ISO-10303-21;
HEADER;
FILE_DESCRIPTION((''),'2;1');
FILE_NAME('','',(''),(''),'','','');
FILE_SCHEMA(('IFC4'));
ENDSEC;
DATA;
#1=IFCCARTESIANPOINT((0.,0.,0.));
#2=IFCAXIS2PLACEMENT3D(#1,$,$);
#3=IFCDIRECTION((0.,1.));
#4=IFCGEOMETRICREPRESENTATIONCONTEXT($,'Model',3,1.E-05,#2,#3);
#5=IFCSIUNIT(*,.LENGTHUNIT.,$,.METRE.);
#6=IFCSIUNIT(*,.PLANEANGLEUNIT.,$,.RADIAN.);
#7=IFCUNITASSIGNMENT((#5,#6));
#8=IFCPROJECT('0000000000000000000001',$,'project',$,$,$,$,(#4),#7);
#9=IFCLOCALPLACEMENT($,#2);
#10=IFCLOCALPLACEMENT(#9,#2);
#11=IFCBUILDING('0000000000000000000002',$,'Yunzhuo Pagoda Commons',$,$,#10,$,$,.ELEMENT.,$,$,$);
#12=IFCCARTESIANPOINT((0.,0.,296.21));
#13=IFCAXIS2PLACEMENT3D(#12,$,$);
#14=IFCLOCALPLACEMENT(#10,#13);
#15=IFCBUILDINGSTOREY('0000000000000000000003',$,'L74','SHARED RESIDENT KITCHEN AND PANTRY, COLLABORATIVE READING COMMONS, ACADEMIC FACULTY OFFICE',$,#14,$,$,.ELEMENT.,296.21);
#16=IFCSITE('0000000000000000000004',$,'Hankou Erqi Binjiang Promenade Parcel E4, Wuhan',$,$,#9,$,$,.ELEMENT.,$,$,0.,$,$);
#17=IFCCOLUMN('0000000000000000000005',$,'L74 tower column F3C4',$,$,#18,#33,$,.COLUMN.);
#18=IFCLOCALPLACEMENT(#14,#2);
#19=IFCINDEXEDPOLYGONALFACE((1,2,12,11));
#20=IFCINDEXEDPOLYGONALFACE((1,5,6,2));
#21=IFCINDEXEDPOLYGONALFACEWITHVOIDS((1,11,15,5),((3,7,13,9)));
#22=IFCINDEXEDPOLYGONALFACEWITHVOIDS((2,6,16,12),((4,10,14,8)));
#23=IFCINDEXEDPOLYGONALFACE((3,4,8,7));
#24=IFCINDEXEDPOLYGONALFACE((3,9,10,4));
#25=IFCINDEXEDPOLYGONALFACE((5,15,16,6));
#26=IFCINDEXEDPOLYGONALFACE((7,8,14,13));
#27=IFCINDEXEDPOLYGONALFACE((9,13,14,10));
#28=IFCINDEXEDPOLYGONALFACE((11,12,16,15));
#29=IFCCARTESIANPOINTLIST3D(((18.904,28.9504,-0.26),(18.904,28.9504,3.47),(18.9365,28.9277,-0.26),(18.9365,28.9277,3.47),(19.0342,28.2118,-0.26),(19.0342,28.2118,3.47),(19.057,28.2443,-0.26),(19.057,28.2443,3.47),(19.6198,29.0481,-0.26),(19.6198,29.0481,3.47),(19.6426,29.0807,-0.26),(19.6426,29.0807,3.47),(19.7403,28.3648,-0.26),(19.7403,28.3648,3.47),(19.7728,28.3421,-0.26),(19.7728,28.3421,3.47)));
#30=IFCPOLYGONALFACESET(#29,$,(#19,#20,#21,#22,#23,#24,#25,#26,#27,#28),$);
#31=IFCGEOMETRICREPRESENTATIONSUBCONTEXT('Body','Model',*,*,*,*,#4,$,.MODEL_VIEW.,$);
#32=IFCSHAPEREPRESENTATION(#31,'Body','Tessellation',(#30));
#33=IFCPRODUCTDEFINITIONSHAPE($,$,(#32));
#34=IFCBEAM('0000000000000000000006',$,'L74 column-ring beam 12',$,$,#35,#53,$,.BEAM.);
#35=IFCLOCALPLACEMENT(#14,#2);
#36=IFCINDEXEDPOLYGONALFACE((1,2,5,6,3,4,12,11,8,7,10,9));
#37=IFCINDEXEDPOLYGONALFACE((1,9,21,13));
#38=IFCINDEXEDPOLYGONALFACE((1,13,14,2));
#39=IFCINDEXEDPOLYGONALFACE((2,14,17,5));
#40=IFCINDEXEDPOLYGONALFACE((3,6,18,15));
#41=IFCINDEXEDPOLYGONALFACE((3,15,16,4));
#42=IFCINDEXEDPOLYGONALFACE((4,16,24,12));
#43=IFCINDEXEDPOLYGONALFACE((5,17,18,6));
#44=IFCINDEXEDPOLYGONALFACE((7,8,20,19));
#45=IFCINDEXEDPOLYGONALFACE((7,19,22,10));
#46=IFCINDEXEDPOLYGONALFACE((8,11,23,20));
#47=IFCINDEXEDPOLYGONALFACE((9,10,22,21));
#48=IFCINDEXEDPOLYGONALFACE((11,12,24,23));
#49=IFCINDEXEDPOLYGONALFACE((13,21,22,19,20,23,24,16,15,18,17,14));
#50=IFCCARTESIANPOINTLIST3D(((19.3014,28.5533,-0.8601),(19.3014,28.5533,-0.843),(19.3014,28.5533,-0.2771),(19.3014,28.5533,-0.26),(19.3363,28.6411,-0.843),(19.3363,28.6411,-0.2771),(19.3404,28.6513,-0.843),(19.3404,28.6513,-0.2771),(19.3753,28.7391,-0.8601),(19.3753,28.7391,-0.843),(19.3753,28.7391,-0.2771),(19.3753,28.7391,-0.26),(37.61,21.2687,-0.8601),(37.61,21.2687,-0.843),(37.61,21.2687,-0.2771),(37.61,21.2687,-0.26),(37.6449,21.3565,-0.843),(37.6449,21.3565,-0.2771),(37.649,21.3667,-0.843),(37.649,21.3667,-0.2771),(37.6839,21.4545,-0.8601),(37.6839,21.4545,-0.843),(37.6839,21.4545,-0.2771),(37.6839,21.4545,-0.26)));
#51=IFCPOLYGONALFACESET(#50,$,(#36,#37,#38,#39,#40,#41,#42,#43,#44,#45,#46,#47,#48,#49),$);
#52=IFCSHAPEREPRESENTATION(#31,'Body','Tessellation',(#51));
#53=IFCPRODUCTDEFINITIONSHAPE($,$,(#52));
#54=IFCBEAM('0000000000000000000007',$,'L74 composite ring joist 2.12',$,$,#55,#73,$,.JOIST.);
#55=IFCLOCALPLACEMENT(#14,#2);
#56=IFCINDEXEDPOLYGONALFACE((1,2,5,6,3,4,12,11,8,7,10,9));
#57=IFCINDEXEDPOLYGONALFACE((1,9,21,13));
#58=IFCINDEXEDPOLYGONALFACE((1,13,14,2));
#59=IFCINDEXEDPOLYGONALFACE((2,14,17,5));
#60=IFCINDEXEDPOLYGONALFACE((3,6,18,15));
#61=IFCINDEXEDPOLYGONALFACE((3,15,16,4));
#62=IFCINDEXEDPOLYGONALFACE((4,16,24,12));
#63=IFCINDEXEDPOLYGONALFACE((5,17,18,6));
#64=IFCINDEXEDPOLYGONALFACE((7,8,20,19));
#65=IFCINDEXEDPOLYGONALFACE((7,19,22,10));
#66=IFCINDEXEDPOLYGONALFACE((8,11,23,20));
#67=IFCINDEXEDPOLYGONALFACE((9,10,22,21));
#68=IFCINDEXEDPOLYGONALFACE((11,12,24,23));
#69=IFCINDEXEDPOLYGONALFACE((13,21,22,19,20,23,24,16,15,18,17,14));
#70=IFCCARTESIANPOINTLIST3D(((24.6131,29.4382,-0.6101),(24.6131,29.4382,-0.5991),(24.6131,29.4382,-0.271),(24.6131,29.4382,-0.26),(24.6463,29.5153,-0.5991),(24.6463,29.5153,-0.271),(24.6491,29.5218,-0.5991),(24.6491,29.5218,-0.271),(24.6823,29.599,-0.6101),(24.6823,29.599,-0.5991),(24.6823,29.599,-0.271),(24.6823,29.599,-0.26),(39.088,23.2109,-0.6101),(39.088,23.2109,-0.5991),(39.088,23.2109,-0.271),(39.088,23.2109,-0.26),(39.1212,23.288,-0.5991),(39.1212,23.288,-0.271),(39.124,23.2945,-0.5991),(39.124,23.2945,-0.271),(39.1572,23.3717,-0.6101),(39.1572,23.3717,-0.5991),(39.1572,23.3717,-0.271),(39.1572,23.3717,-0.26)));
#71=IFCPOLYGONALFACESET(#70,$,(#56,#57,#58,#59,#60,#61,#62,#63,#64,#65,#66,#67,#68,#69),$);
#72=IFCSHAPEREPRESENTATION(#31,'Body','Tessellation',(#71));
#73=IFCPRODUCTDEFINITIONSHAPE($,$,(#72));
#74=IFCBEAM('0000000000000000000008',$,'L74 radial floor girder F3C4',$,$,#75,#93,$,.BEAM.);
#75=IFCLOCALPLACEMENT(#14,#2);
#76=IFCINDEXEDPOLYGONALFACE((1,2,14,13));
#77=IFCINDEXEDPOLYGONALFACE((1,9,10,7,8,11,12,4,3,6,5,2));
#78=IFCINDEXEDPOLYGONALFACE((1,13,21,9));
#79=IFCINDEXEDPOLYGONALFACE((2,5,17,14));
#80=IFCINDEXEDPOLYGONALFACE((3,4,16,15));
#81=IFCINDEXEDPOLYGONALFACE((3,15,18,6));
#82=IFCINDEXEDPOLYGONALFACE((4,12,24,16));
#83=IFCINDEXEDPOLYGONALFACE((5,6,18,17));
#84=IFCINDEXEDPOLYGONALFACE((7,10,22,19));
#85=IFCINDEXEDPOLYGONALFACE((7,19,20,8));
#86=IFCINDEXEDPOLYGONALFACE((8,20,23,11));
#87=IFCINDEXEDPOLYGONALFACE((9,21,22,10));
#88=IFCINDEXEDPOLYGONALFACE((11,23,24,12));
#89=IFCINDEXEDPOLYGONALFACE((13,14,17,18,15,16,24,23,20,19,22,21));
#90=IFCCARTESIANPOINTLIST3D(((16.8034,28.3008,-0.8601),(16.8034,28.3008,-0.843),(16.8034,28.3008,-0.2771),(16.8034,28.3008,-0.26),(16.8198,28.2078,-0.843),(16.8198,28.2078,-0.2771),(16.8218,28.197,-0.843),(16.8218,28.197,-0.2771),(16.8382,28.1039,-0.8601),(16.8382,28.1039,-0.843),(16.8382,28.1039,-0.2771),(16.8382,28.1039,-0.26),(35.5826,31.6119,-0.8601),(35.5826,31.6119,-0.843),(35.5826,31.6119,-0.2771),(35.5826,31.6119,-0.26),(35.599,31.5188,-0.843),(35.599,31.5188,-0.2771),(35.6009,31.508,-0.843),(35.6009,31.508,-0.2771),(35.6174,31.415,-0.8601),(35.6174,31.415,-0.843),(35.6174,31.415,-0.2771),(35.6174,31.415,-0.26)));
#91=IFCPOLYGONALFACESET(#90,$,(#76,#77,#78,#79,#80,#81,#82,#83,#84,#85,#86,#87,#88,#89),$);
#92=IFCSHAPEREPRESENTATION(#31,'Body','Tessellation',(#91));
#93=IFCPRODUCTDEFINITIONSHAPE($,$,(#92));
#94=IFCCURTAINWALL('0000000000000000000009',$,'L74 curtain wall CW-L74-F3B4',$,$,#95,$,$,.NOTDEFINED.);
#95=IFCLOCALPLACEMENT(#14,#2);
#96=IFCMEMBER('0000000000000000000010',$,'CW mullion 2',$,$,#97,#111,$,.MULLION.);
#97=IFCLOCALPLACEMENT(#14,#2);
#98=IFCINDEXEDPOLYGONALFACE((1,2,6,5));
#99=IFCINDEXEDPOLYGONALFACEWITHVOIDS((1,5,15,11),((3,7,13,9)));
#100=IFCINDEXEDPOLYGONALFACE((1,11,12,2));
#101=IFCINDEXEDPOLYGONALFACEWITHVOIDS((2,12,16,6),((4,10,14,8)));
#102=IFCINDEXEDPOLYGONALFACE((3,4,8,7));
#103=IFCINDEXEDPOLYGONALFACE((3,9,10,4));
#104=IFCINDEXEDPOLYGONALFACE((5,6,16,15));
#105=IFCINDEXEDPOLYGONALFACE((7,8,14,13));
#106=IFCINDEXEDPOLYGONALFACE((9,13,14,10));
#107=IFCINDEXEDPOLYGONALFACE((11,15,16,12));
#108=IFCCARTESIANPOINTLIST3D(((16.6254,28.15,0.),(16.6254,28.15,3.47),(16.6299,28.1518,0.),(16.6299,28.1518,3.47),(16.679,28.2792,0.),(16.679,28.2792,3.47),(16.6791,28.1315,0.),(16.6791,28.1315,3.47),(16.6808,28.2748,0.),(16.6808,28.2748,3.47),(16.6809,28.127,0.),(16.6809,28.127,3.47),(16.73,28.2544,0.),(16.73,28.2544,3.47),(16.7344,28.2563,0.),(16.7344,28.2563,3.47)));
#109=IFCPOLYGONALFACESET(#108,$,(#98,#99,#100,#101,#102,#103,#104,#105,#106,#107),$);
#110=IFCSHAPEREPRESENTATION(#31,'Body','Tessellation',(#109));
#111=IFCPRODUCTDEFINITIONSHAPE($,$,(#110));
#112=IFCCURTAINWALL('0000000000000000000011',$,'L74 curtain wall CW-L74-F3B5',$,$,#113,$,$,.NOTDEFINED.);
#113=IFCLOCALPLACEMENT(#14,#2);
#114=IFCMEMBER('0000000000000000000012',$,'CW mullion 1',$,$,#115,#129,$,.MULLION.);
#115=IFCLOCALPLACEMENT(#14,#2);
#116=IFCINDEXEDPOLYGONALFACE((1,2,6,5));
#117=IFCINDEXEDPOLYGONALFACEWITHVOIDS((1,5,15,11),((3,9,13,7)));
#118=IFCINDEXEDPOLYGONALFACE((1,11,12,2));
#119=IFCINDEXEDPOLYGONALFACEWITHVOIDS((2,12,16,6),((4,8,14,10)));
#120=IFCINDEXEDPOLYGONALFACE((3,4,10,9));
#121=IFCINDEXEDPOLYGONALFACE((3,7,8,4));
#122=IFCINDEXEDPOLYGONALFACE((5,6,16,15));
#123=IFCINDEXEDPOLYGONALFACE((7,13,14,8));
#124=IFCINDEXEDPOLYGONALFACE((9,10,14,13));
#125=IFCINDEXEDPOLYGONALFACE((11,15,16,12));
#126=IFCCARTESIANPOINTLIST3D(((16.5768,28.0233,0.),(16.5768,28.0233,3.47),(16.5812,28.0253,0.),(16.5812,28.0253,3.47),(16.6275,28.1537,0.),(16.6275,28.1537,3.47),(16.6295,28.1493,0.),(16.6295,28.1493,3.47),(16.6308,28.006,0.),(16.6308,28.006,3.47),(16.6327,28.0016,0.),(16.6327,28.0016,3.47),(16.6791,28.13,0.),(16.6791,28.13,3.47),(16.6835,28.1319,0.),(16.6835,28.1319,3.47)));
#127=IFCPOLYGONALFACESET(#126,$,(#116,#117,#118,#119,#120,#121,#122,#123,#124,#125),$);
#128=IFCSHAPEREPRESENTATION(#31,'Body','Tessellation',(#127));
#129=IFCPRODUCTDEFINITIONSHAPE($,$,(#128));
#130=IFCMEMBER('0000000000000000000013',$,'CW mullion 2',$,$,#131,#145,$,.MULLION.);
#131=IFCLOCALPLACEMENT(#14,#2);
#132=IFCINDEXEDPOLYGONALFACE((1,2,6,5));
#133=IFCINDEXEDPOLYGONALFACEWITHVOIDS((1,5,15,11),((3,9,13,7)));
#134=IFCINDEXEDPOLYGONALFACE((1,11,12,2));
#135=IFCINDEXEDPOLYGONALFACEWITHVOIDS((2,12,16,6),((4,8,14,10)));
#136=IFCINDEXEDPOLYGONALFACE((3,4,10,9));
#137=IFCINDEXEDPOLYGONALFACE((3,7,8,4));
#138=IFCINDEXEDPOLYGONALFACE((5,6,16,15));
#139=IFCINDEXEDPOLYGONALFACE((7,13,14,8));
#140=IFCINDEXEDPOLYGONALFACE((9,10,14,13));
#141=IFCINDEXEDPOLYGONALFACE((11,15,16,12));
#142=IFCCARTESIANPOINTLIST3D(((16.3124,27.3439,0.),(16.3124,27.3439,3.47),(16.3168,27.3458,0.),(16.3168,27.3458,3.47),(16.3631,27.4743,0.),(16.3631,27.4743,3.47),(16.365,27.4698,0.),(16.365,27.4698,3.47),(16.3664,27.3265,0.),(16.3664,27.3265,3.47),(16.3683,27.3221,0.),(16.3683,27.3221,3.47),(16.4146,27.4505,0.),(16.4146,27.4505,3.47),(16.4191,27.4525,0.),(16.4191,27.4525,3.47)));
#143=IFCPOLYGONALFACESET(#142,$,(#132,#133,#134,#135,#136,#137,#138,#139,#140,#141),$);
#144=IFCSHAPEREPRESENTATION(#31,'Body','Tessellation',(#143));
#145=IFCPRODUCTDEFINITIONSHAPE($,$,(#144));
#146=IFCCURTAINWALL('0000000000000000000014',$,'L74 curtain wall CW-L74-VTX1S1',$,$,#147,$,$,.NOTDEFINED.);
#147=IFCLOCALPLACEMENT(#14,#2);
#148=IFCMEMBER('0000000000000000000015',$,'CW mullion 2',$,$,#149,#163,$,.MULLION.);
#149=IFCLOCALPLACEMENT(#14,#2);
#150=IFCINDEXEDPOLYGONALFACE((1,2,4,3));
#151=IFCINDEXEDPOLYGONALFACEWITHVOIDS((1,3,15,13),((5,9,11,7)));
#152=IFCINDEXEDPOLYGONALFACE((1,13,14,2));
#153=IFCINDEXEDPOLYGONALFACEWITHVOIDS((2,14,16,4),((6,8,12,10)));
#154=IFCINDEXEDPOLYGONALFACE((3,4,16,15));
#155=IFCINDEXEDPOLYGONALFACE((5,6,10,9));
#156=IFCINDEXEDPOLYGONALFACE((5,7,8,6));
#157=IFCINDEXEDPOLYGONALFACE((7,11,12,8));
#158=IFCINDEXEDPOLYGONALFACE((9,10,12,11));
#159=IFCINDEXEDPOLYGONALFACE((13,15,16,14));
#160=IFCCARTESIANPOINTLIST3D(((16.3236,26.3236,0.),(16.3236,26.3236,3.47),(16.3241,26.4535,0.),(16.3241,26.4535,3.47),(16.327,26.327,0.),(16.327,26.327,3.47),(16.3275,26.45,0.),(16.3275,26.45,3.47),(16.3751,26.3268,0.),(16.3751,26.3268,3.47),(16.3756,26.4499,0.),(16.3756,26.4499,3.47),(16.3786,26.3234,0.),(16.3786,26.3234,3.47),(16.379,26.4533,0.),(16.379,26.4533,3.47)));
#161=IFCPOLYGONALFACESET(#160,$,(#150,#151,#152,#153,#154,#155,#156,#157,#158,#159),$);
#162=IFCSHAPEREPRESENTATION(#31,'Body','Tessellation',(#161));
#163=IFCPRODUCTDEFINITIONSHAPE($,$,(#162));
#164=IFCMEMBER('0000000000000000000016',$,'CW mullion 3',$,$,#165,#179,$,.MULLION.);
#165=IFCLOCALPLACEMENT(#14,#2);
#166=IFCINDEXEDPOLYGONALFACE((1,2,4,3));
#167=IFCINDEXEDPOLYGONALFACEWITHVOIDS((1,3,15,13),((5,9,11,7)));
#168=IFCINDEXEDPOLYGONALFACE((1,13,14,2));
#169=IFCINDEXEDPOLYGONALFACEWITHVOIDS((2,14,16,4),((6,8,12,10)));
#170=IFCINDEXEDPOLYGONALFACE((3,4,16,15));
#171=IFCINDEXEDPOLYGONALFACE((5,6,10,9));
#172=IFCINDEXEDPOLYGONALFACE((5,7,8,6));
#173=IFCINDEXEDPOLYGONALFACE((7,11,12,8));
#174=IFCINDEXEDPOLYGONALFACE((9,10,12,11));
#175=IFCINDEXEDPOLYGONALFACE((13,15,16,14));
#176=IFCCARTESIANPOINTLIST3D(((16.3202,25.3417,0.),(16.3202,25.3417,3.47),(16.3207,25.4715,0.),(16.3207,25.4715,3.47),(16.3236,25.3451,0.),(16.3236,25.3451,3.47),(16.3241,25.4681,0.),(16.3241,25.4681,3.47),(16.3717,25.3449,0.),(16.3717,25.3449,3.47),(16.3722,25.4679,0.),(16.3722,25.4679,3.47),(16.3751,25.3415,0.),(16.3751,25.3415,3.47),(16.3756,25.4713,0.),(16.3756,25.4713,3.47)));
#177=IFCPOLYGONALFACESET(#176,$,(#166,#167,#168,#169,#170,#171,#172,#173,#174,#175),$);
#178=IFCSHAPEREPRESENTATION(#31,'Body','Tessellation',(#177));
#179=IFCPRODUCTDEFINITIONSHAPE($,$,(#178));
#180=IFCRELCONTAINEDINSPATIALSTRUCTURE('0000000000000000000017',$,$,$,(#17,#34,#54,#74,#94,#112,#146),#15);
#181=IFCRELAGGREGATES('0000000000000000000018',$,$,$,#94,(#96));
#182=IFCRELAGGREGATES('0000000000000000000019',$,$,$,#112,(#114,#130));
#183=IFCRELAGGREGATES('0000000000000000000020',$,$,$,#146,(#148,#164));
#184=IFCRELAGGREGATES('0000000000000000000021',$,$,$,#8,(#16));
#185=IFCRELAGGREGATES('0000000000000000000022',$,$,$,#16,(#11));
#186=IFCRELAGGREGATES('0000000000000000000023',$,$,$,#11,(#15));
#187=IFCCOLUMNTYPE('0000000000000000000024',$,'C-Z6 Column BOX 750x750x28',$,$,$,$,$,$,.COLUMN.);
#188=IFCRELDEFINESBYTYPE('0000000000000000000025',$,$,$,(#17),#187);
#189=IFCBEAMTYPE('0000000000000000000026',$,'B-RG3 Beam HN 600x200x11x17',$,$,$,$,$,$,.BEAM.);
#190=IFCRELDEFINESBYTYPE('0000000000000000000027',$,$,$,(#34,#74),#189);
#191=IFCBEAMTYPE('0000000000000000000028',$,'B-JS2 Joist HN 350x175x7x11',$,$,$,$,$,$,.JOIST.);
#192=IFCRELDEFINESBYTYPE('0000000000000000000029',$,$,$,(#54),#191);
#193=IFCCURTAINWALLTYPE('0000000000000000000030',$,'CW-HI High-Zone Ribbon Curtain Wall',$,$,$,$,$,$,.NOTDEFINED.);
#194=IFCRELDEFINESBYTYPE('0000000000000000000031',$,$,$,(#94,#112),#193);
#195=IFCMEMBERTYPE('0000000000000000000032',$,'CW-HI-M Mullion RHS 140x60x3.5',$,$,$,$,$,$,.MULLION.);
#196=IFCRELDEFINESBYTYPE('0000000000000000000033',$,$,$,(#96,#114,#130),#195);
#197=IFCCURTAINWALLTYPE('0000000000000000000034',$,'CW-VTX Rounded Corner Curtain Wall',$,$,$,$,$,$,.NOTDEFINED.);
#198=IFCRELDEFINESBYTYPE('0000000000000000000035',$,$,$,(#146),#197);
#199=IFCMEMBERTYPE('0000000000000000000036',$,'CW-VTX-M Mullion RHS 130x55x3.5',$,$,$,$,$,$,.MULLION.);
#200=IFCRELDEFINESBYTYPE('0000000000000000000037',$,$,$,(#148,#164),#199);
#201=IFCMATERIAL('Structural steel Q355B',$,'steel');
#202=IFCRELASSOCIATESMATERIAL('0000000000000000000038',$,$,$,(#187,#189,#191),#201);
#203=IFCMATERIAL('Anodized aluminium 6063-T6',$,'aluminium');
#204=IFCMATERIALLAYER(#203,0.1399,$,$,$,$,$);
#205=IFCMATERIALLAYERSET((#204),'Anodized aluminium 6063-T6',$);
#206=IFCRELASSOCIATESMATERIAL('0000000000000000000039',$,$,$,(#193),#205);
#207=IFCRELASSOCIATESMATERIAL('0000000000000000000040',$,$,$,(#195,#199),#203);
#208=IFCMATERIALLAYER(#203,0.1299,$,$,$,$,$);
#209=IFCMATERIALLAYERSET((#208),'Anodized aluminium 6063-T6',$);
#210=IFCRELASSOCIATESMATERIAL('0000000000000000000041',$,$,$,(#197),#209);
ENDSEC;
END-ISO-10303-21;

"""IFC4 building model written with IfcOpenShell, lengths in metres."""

from ifc_helpers import new_model, si_unit, direction, frame, origin, origin_2d, place, context, subcontext, project, spatial, hollow_rectangle, i_section, extrude, source, transform, mapped, material, layer, layer_set, material_profile, profile_set, type_object, element, aggregate, save


model = new_model("IFC4")

# Units and contexts
model_context = context("Model", 3, precision=1e-05, world=origin(), true_north=direction((0.0, 1.0)))
body_context = subcontext(model_context, "Body", "Model", "MODEL_VIEW")
ifc_project = project(units=[si_unit("LENGTHUNIT", "METRE"), si_unit("PLANEANGLEUNIT", "RADIAN")], contexts=[model_context])

# Site, building, storey
site_placement = place(None, origin())
site = spatial("IfcSite", under=ifc_project, at=site_placement, Name="Hankou Erqi Binjiang Promenade Parcel E4, Wuhan", CompositionType="ELEMENT", RefElevation=0.0)
building_placement = place(site_placement, origin())
building = spatial("IfcBuilding", under=site, at=building_placement, Name="Yunzhuo Pagoda Commons", CompositionType="ELEMENT")
storey_placement = place(building_placement, frame((0.0, 0.0, 296.21)))
storey = spatial("IfcBuildingStorey", under=building, at=storey_placement, Name="L74", Description="SHARED RESIDENT KITCHEN AND PANTRY, COLLABORATIVE READING COMMONS, ACADEMIC FACULTY OFFICE", CompositionType="ELEMENT", Elevation=296.21)

# Column
ifc_material_1 = material(Name="Structural steel Q355B", Category="steel")
ifc_material_profile_1 = material_profile(ifc_material_1, hollow_rectangle(XDim=0.75, YDim=0.75, WallThickness=0.0281, at=origin_2d()), Name="Structural steel Q355B")
ifc_profile_set_1 = profile_set([ifc_material_profile_1], Name="Structural steel Q355B")
column_type = type_object("IfcColumnType", Name="C-Z6 Column BOX 750x750x28", PredefinedType="COLUMN", material=ifc_profile_set_1)
shared_shape_1 = source(origin(), body_context, "Body", "SweptSolid", [
    extrude(hollow_rectangle(XDim=0.75, YDim=0.75, WallThickness=0.0281, at=origin_2d()), origin(), (0.0, 0.0, 1.0), 3.73),
])
column_placement = place(storey_placement, frame((19.3384, 28.6462, -0.26), z_axis=(0.0, 0.0, 1.0), x_axis=(0.173648, -0.984808, 0.0)))
element("IfcColumn", 1, at=column_placement, inside=storey, type_object=column_type, Name="L74 tower column F3C4", PredefinedType="COLUMN", context=body_context, shape_type="MappedRepresentation", body=[
    mapped(shared_shape_1, transform((0.0, 0.0, 0.0), scale=1.0)),
])

# Beams
ifc_material_profile_2 = material_profile(ifc_material_1, i_section(OverallWidth=0.2, OverallDepth=0.6001, WebThickness=0.011, FlangeThickness=0.0171, at=origin_2d()), Name="Structural steel Q355B")
ifc_profile_set_2 = profile_set([ifc_material_profile_2], Name="Structural steel Q355B")
beam_type_1 = type_object("IfcBeamType", Name="B-RG3 Beam HN 600x200x11x17", PredefinedType="BEAM", material=ifc_profile_set_2)
shared_shape_2 = source(origin(), body_context, "Body", "SweptSolid", [
    extrude(i_section(OverallWidth=0.2, OverallDepth=0.6001, WebThickness=0.011, FlangeThickness=0.0171, at=origin_2d()), origin(), (0.0, 0.0, 1.0), 19.7046),
])
beam_1_placement = place(storey_placement, frame((19.3384, 28.6462, -0.5601), z_axis=(0.929154, -0.369694, 0.0), x_axis=(0.369694, 0.929154, 0.0)))
element("IfcBeam", 2, at=beam_1_placement, inside=storey, type_object=beam_type_1, Name="L74 column-ring beam 12", PredefinedType="BEAM", context=body_context, shape_type="MappedRepresentation", body=[
    mapped(shared_shape_2, transform((0.0, 0.0, 0.0), scale=1.0)),
])
ifc_material_profile_3 = material_profile(ifc_material_1, i_section(OverallWidth=0.175, OverallDepth=0.3501, WebThickness=0.0071, FlangeThickness=0.011, at=origin_2d()), Name="Structural steel Q355B")
ifc_profile_set_3 = profile_set([ifc_material_profile_3], Name="Structural steel Q355B")
beam_type_2 = type_object("IfcBeamType", Name="B-JS2 Joist HN 350x175x7x11", PredefinedType="JOIST", material=ifc_profile_set_3)
shared_shape_3 = source(origin(), body_context, "Body", "SweptSolid", [
    extrude(i_section(OverallWidth=0.175, OverallDepth=0.3501, WebThickness=0.0071, FlangeThickness=0.011, at=origin_2d()), origin(), (0.0, 0.0, 1.0), 15.7576),
])
beam_2_placement = place(storey_placement, frame((24.6477, 29.5186, -0.4351), z_axis=(0.918598, -0.395194, 0.0), x_axis=(0.395194, 0.918598, 0.0)))
element("IfcBeam", 3, at=beam_2_placement, inside=storey, type_object=beam_type_2, Name="L74 composite ring joist 2.12", PredefinedType="JOIST", context=body_context, shape_type="MappedRepresentation", body=[
    mapped(shared_shape_3, transform((0.0, 0.0, 0.0), scale=1.0)),
])
shared_shape_4 = source(origin(), body_context, "Body", "SweptSolid", [
    extrude(i_section(OverallWidth=0.2, OverallDepth=0.6001, WebThickness=0.011, FlangeThickness=0.0171, at=origin_2d()), origin(), (0.0, 0.0, 1.0), 19.0688),
])
beam_3_placement = place(storey_placement, frame((16.8208, 28.2024, -0.5601), z_axis=(0.98481, 0.173635, 0.0), x_axis=(-0.173635, 0.98481, 0.0)))
element("IfcBeam", 4, at=beam_3_placement, inside=storey, type_object=beam_type_1, Name="L74 radial floor girder F3C4", PredefinedType="BEAM", context=body_context, shape_type="MappedRepresentation", body=[
    mapped(shared_shape_4, transform((0.0, 0.0, 0.0), scale=1.0)),
])

# Curtain wall, member
ifc_material_2 = material(Name="Anodized aluminium 6063-T6", Category="aluminium")
ifc_layer_1 = layer(ifc_material_2, 0.1399)
ifc_layer_set_1 = layer_set([ifc_layer_1], Name="Anodized aluminium 6063-T6")
curtain_wall_type_1 = type_object("IfcCurtainWallType", Name="CW-HI High-Zone Ribbon Curtain Wall", PredefinedType="NOTDEFINED", material=ifc_layer_set_1)
curtain_wall_1_placement = place(storey_placement, origin())
curtain_wall_1 = element("IfcCurtainWall", 5, at=curtain_wall_1_placement, inside=storey, type_object=curtain_wall_type_1, Name="L74 curtain wall CW-L74-F3B4", PredefinedType="NOTDEFINED")
ifc_material_profile_4 = material_profile(ifc_material_2, hollow_rectangle(XDim=0.0601, YDim=0.1399, WallThickness=0.0034, at=origin_2d()), Name="Anodized aluminium 6063-T6")
ifc_profile_set_4 = profile_set([ifc_material_profile_4], Name="Anodized aluminium 6063-T6")
member_type_1 = type_object("IfcMemberType", Name="CW-HI-M Mullion RHS 140x60x3.5", PredefinedType="MULLION", material=ifc_profile_set_4)
shared_shape_5 = source(origin(), body_context, "Body", "SweptSolid", [
    extrude(hollow_rectangle(XDim=0.0601, YDim=0.1399, WallThickness=0.0034, at=origin_2d()), origin(), (0.0, 0.0, 1.0), 3.47),
])
member_1_placement = place(storey_placement, frame((16.6799, 28.2031, 0.0), z_axis=(0.0, 0.0, 1.0), x_axis=(0.923899, -0.382636, 0.0)))
member_1 = element("IfcMember", 6, at=member_1_placement, type_object=member_type_1, Name="CW mullion 2", PredefinedType="MULLION", context=body_context, shape_type="MappedRepresentation", body=[
    mapped(shared_shape_5, transform((0.0, 0.0, 0.0), scale=1.0)),
])
aggregate(curtain_wall_1, [member_1])

# Curtain walls, members
curtain_wall_2_placement = place(storey_placement, origin())
curtain_wall_2 = element("IfcCurtainWall", 7, at=curtain_wall_2_placement, inside=storey, type_object=curtain_wall_type_1, Name="L74 curtain wall CW-L74-F3B5", PredefinedType="NOTDEFINED")
member_2_placement = place(storey_placement, frame((16.6301, 28.0776, 0.0), z_axis=(0.0, 0.0, 1.0), x_axis=(0.931924, -0.362654, 0.0)))
member_2 = element("IfcMember", 8, at=member_2_placement, type_object=member_type_1, Name="CW mullion 1", PredefinedType="MULLION", context=body_context, shape_type="MappedRepresentation", body=[
    mapped(shared_shape_5, transform((0.0, 0.0, 0.0), scale=1.0)),
])
member_3_placement = place(storey_placement, frame((16.3657, 27.3982, 0.0), z_axis=(0.0, 0.0, 1.0), x_axis=(0.931924, -0.362654, 0.0)))
member_3 = element("IfcMember", 9, at=member_3_placement, type_object=member_type_1, Name="CW mullion 2", PredefinedType="MULLION", context=body_context, shape_type="MappedRepresentation", body=[
    mapped(shared_shape_5, transform((0.0, 0.0, 0.0), scale=1.0)),
])
ifc_layer_2 = layer(ifc_material_2, 0.1299)
ifc_layer_set_2 = layer_set([ifc_layer_2], Name="Anodized aluminium 6063-T6")
curtain_wall_type_2 = type_object("IfcCurtainWallType", Name="CW-VTX Rounded Corner Curtain Wall", PredefinedType="NOTDEFINED", material=ifc_layer_set_2)
curtain_wall_3_placement = place(storey_placement, origin())
curtain_wall_3 = element("IfcCurtainWall", 10, at=curtain_wall_3_placement, inside=storey, type_object=curtain_wall_type_2, Name="L74 curtain wall CW-L74-VTX1S1", PredefinedType="NOTDEFINED")
ifc_material_profile_5 = material_profile(ifc_material_2, hollow_rectangle(XDim=0.0549, YDim=0.1299, WallThickness=0.0034, at=origin_2d()), Name="Anodized aluminium 6063-T6")
ifc_profile_set_5 = profile_set([ifc_material_profile_5], Name="Anodized aluminium 6063-T6")
member_type_2 = type_object("IfcMemberType", Name="CW-VTX-M Mullion RHS 130x55x3.5", PredefinedType="MULLION", material=ifc_profile_set_5)
shared_shape_6 = source(origin(), body_context, "Body", "SweptSolid", [
    extrude(hollow_rectangle(XDim=0.0549, YDim=0.1299, WallThickness=0.0034, at=origin_2d()), origin(), (0.0, 0.0, 1.0), 3.47),
])
member_4_placement = place(storey_placement, frame((16.3513, 26.3884, 0.0), z_axis=(0.0, 0.0, 1.0), x_axis=(0.999994, -0.00359, 0.0)))
member_4 = element("IfcMember", 11, at=member_4_placement, type_object=member_type_2, Name="CW mullion 2", PredefinedType="MULLION", context=body_context, shape_type="MappedRepresentation", body=[
    mapped(shared_shape_6, transform((0.0, 0.0, 0.0), scale=1.0)),
])
member_5_placement = place(storey_placement, frame((16.3479, 25.4065, 0.0), z_axis=(0.0, 0.0, 1.0), x_axis=(0.999994, -0.00359, 0.0)))
member_5 = element("IfcMember", 12, at=member_5_placement, type_object=member_type_2, Name="CW mullion 3", PredefinedType="MULLION", context=body_context, shape_type="MappedRepresentation", body=[
    mapped(shared_shape_6, transform((0.0, 0.0, 0.0), scale=1.0)),
])

aggregate(curtain_wall_2, [member_2, member_3])
aggregate(curtain_wall_3, [member_4, member_5])

save(model, "model.ifc")
